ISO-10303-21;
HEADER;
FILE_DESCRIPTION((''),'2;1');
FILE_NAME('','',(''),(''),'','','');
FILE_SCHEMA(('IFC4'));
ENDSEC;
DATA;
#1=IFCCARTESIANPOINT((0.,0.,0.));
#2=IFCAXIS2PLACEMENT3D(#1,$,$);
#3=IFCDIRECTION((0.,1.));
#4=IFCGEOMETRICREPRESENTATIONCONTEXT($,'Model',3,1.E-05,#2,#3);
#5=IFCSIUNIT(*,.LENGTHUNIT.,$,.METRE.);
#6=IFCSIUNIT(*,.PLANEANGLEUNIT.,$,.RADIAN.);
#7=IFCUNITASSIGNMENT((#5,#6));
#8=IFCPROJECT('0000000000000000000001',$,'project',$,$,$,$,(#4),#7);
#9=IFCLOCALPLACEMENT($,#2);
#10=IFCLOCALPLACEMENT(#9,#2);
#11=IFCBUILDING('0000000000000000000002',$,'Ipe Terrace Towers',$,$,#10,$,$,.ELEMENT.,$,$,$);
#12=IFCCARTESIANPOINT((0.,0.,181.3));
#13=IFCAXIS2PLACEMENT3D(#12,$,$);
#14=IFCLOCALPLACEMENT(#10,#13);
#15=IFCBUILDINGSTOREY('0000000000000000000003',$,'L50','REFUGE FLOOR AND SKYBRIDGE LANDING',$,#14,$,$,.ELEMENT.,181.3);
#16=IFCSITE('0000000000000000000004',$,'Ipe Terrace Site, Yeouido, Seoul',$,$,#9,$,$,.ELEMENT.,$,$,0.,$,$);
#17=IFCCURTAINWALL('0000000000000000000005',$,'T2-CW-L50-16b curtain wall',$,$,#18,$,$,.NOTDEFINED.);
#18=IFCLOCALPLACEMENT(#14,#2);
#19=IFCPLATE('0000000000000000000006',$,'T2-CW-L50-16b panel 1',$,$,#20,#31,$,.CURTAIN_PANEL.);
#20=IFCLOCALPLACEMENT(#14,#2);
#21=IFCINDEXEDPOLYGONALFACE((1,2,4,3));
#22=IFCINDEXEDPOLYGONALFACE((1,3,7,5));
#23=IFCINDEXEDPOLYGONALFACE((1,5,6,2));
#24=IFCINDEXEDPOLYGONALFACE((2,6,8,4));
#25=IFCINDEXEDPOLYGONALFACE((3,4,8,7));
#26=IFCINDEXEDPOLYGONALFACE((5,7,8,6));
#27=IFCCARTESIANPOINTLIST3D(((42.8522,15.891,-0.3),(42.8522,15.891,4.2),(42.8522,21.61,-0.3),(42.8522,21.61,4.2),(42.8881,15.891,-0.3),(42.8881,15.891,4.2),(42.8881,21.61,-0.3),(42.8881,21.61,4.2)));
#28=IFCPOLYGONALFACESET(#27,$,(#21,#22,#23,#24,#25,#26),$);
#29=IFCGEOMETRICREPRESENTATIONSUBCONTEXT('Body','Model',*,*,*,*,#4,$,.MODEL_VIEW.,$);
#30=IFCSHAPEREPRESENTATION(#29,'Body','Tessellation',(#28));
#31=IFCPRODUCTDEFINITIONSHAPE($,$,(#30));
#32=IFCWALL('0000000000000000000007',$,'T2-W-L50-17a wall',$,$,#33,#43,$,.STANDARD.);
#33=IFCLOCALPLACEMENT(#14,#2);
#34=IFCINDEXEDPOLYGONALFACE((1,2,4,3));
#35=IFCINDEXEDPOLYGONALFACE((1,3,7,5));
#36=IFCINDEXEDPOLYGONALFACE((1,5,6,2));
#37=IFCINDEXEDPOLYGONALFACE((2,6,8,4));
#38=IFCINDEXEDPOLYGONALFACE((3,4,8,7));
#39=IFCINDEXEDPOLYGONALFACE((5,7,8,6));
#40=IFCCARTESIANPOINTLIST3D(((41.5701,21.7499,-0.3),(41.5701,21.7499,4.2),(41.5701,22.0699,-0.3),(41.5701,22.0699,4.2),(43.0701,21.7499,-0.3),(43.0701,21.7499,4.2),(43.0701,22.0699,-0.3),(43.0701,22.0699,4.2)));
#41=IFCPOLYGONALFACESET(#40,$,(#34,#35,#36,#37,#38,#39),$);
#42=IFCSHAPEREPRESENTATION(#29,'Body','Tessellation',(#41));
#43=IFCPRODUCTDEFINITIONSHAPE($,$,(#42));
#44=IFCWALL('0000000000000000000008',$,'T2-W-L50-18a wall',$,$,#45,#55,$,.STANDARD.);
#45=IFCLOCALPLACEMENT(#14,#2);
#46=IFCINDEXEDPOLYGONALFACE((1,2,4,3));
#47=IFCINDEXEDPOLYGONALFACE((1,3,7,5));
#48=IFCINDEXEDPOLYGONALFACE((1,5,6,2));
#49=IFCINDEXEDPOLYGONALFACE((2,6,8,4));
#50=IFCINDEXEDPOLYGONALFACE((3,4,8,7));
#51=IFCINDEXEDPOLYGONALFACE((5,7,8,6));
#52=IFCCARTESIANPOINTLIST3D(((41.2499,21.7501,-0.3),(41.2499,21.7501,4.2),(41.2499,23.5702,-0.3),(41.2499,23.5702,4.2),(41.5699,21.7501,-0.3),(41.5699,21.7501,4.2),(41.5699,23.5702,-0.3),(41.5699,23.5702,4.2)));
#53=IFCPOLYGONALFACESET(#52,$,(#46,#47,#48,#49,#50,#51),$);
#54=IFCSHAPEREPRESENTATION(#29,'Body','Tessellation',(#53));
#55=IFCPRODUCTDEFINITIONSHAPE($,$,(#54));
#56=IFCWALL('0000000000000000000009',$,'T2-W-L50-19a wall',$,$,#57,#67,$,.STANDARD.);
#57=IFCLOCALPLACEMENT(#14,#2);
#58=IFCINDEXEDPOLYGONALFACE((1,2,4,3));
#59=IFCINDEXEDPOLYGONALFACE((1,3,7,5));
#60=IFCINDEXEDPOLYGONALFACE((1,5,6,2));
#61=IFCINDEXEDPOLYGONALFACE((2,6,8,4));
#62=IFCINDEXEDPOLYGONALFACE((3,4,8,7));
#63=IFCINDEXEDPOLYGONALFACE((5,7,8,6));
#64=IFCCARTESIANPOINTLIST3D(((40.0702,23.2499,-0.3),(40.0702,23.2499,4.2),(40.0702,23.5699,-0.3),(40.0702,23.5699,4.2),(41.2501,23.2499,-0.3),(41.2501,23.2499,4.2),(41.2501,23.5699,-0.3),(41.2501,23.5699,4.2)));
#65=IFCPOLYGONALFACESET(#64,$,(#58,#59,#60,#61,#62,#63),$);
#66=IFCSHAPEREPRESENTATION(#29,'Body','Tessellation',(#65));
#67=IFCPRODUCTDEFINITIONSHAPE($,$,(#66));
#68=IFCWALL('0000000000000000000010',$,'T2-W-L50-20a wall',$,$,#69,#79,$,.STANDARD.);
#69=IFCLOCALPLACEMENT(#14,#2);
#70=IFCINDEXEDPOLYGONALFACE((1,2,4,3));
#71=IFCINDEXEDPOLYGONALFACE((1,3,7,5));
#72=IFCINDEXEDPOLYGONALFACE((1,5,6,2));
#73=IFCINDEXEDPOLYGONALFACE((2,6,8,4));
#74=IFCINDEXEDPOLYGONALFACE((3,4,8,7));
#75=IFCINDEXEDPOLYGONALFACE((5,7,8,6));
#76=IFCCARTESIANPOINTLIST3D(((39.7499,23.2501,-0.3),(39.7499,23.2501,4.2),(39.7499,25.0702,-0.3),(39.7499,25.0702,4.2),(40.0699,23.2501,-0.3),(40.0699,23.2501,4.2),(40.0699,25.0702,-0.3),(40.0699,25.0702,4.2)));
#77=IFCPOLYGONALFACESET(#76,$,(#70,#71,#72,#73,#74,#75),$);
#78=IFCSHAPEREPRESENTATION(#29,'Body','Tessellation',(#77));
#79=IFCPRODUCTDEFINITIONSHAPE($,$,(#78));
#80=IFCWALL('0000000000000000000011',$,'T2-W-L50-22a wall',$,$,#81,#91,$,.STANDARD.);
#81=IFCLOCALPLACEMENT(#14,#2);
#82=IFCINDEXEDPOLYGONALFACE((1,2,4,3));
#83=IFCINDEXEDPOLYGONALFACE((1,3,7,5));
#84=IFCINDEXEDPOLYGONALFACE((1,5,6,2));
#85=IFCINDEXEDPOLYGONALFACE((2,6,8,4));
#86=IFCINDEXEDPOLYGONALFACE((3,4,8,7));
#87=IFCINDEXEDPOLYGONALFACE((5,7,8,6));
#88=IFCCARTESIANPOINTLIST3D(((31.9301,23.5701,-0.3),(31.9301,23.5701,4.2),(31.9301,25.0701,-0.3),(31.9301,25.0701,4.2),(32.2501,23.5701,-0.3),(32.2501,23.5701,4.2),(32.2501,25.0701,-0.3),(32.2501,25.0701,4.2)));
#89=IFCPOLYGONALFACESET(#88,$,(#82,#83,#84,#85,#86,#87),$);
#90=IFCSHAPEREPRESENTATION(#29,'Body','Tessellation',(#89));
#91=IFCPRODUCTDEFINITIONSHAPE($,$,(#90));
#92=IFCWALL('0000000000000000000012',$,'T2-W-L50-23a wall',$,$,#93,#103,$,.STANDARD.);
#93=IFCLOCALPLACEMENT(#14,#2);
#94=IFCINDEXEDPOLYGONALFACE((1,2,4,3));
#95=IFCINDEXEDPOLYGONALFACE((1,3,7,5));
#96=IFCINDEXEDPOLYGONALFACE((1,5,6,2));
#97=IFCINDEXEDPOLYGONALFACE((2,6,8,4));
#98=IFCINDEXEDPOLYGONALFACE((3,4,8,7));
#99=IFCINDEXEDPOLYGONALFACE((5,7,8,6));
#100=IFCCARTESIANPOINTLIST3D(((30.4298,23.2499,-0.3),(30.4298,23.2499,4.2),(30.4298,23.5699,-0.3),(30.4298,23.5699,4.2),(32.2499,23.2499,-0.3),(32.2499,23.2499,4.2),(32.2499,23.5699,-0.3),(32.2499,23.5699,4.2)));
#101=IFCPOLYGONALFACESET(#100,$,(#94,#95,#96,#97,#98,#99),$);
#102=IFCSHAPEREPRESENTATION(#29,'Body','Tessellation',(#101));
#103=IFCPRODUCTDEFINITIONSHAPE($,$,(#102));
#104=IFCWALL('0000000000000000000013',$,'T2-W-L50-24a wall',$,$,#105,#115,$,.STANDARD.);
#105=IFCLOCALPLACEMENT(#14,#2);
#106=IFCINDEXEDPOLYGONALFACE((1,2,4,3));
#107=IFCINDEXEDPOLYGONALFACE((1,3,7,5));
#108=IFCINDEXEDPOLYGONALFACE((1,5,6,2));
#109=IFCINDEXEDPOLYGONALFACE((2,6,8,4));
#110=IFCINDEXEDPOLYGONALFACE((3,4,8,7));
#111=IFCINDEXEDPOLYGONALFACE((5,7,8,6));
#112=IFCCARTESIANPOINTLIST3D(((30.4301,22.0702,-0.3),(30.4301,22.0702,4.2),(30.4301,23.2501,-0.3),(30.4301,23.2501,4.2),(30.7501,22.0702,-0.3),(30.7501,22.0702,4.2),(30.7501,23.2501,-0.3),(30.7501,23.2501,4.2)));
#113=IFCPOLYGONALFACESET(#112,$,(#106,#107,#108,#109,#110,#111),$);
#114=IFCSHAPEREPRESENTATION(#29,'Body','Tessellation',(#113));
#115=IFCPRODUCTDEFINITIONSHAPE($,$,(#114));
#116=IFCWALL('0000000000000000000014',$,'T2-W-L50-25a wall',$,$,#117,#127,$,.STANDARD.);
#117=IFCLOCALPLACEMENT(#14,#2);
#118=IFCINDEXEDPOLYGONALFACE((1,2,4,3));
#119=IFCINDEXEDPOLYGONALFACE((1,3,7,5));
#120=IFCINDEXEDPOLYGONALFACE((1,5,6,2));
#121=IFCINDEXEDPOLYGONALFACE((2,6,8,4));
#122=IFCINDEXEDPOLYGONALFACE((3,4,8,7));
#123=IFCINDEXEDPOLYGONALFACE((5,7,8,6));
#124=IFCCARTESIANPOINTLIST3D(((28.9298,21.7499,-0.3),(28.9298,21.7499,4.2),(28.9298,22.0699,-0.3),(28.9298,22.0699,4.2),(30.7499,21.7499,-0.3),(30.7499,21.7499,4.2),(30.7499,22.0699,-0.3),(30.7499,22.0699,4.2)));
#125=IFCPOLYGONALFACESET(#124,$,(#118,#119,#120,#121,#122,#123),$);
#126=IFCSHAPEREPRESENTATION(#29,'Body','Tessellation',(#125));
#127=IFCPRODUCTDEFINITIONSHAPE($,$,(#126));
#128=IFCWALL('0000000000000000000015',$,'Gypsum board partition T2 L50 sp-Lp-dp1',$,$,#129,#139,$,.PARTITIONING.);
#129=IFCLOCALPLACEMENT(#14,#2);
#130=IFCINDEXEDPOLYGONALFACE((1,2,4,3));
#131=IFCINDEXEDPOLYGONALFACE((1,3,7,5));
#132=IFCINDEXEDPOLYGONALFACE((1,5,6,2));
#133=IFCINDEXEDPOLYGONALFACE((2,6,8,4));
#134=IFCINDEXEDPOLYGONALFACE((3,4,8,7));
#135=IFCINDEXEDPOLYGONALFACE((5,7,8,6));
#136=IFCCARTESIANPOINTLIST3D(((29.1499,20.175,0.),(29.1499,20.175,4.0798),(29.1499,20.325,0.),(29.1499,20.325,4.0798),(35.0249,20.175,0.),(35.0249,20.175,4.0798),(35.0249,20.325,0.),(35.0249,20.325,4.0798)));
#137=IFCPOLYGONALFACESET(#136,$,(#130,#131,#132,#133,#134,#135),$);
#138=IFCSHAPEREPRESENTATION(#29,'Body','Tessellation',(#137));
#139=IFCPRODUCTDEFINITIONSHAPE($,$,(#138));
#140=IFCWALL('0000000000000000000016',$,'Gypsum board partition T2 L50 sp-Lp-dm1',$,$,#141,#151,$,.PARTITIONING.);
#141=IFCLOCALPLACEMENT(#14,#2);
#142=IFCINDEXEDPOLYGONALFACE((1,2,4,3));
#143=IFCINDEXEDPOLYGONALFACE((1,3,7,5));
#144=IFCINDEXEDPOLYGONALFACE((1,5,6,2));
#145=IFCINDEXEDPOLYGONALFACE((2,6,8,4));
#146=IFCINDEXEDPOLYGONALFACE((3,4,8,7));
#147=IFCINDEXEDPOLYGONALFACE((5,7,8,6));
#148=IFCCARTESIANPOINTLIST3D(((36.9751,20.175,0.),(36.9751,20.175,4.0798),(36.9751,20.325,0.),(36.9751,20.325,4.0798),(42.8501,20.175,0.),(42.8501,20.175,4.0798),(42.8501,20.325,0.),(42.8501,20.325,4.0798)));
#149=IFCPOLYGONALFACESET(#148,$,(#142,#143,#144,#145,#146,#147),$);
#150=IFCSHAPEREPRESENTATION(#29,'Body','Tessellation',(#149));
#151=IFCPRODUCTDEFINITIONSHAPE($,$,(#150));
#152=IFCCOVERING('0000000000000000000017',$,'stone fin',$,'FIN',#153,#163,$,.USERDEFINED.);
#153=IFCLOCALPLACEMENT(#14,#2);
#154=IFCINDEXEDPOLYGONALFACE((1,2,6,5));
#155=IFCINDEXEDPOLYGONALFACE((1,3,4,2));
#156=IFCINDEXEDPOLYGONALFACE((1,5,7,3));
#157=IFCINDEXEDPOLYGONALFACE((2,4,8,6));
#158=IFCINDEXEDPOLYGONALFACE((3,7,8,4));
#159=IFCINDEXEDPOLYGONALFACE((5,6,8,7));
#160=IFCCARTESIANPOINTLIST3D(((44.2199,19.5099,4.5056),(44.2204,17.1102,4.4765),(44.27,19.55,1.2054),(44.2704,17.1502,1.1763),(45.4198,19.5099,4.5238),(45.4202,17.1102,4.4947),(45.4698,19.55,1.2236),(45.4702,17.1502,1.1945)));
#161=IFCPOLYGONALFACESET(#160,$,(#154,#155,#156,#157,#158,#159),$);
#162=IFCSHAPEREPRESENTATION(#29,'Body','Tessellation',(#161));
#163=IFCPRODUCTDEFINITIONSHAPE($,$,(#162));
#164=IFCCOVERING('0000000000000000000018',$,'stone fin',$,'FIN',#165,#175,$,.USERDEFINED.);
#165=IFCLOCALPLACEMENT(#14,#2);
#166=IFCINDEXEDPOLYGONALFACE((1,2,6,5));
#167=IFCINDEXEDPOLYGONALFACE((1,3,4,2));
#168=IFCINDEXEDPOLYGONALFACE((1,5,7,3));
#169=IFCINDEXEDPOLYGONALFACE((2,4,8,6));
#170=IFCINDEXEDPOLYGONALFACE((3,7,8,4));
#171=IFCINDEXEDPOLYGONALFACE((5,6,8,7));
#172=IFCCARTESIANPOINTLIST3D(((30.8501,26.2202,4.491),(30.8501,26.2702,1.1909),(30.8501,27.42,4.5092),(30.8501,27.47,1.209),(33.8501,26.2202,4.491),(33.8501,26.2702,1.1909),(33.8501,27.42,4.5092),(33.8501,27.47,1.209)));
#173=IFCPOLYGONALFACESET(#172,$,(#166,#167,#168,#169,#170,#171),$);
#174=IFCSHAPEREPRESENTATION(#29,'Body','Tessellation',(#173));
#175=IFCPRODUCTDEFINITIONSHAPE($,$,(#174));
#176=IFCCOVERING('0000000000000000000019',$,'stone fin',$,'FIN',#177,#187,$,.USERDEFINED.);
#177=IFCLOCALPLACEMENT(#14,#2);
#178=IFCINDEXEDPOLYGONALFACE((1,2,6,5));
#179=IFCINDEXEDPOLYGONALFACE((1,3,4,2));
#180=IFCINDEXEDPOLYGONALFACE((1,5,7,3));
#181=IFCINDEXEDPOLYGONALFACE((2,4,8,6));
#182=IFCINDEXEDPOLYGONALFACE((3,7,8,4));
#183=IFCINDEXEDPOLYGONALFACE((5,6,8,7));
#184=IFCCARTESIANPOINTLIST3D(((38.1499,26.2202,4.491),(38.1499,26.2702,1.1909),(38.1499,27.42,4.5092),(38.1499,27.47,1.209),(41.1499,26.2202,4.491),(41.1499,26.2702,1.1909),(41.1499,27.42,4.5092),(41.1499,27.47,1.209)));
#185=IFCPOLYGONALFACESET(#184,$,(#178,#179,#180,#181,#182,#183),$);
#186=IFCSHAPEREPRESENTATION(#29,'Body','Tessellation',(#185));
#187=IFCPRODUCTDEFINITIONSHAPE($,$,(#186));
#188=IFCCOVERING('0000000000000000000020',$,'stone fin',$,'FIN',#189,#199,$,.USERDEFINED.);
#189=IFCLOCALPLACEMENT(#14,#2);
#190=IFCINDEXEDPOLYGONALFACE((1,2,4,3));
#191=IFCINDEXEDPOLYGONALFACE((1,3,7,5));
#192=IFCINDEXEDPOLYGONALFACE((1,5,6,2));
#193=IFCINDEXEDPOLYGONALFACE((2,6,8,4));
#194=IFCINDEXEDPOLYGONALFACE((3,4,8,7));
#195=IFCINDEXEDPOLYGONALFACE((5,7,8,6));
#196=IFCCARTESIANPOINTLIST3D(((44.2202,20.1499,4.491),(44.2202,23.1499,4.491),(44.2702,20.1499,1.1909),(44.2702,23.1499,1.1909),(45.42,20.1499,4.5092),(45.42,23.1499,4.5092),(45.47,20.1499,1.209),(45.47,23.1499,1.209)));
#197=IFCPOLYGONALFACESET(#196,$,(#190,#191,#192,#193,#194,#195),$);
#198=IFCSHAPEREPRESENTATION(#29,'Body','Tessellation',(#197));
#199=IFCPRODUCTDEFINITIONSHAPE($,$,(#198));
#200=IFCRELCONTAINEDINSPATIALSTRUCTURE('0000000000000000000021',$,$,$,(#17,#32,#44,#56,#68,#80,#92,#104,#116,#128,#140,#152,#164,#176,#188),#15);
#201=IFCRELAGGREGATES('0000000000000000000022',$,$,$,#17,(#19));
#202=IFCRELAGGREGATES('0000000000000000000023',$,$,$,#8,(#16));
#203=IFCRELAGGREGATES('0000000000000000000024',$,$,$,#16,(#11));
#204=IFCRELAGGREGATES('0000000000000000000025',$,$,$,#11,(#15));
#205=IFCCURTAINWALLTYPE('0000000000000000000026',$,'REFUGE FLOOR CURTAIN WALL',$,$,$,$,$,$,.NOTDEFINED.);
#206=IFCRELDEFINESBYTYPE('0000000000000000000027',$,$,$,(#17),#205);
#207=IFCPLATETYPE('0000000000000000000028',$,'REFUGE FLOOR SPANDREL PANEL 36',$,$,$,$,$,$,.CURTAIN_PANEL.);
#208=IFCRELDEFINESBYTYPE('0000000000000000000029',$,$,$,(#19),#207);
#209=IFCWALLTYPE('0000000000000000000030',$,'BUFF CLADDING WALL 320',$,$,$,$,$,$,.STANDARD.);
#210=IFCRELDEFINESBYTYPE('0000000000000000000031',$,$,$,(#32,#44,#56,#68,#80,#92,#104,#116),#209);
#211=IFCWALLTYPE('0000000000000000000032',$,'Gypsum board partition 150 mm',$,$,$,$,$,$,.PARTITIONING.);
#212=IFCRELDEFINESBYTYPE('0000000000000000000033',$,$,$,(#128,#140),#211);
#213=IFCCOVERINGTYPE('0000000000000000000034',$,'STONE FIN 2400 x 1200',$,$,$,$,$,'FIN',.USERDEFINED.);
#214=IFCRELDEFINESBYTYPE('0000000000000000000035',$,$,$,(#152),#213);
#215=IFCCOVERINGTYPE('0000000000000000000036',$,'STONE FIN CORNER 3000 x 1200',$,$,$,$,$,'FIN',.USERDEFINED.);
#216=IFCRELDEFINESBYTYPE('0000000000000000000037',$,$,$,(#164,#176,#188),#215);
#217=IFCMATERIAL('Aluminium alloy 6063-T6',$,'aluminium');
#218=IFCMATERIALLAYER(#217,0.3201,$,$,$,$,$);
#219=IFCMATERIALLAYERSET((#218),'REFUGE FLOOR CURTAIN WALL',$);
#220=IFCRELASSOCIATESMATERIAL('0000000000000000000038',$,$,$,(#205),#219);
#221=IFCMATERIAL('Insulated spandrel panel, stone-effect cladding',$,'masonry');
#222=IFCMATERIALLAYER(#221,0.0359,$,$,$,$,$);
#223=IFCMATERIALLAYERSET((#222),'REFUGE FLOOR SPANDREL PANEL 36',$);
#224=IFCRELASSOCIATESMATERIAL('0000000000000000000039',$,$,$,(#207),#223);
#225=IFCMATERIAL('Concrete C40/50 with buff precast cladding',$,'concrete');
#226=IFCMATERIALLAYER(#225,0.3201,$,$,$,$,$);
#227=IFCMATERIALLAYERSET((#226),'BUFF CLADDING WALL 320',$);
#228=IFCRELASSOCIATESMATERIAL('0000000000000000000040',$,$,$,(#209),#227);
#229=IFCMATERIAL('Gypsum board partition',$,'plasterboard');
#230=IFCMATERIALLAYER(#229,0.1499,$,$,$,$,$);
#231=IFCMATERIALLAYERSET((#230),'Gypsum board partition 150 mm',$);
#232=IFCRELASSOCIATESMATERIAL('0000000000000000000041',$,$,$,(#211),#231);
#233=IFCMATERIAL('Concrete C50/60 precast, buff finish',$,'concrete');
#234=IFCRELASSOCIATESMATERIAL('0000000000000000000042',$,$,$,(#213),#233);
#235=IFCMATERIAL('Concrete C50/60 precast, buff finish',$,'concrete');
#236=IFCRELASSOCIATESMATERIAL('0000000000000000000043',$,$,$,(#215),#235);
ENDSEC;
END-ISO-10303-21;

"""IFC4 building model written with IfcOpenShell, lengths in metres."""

from ifc_helpers import new_model, si_unit, direction, frame, frame_2d, origin, origin_2d, place, context, subcontext, project, spatial, rectangle, extrude, material, layer, layer_set, material_profile, profile_set, type_object, element, aggregate, save


model = new_model("IFC4")

# Units and contexts
model_context = context("Model", 3, precision=1e-05, world=origin(), true_north=direction((0.0, 1.0)))
body_context = subcontext(model_context, "Body", "Model", "MODEL_VIEW")
ifc_project = project(units=[si_unit("LENGTHUNIT", "METRE"), si_unit("PLANEANGLEUNIT", "RADIAN")], contexts=[model_context])

# Site, building, storey
site_placement = place(None, origin())
site = spatial("IfcSite", under=ifc_project, at=site_placement, Name="Ipe Terrace Site, Yeouido, Seoul", CompositionType="ELEMENT", RefElevation=0.0)
building_placement = place(site_placement, origin())
building = spatial("IfcBuilding", under=site, at=building_placement, Name="Ipe Terrace Towers", CompositionType="ELEMENT")
storey_placement = place(building_placement, frame((0.0, 0.0, 181.3)))
storey = spatial("IfcBuildingStorey", under=building, at=storey_placement, Name="L50", Description="REFUGE FLOOR AND SKYBRIDGE LANDING", CompositionType="ELEMENT", Elevation=181.3)

# Curtain wall
ifc_material_1 = material(Name="Aluminium alloy 6063-T6", Category="aluminium")
ifc_layer_1 = layer(ifc_material_1, 0.3201)
ifc_layer_set_1 = layer_set([ifc_layer_1], Name="REFUGE FLOOR CURTAIN WALL")
curtain_wall_type = type_object("IfcCurtainWallType", Name="REFUGE FLOOR CURTAIN WALL", PredefinedType="NOTDEFINED", material=ifc_layer_set_1)
curtain_wall_1_placement = place(storey_placement, origin())
curtain_wall_1 = element("IfcCurtainWall", 1, at=curtain_wall_1_placement, inside=storey, type_object=curtain_wall_type, Name="T2-CW-L50-16b curtain wall", PredefinedType="NOTDEFINED")

# Plate
ifc_material_2 = material(Name="Insulated spandrel panel, stone-effect cladding", Category="masonry")
ifc_layer_2 = layer(ifc_material_2, 0.0359)
ifc_layer_set_2 = layer_set([ifc_layer_2], Name="REFUGE FLOOR SPANDREL PANEL 36")
plate_type_1 = type_object("IfcPlateType", Name="REFUGE FLOOR SPANDREL PANEL 36", PredefinedType="CURTAIN_PANEL", material=ifc_layer_set_2)
plate_1_placement = place(storey_placement, frame((42.8701, 18.7505, -0.3), z_axis=(0.0, 0.0, 1.0), x_axis=(0.0, 1.0, 0.0)))
plate_1 = element("IfcPlate", 2, at=plate_1_placement, type_object=plate_type_1, Name="T2-CW-L50-16b panel 1", PredefinedType="CURTAIN_PANEL", context=body_context, shape_type="SweptSolid", body=[
    extrude(rectangle(XDim=5.719, YDim=0.0359, at=origin_2d()), origin(), (0.0, 0.0, 1.0), 4.5),
])
aggregate(curtain_wall_1, [plate_1])

# Walls
ifc_material_3 = material(Name="Concrete C40/50 with buff precast cladding", Category="concrete")
ifc_layer_3 = layer(ifc_material_3, 0.3201)
ifc_layer_set_3 = layer_set([ifc_layer_3], Name="BUFF CLADDING WALL 320")
wall_type_1 = type_object("IfcWallType", Name="BUFF CLADDING WALL 320", PredefinedType="STANDARD", material=ifc_layer_set_3)
wall_1_placement = place(storey_placement, frame((43.0701, 21.9099, -0.3), z_axis=(0.0, 0.0, 1.0), x_axis=(-1.0, 0.0, 0.0)))
element("IfcWall", 3, at=wall_1_placement, inside=storey, type_object=wall_type_1, Name="T2-W-L50-17a wall", PredefinedType="STANDARD", context=body_context, shape_type="SweptSolid", body=[
    extrude(rectangle(XDim=1.5, YDim=0.3201, at=frame_2d((0.75, 0.0))), origin(), (0.0, 0.0, 1.0), 4.5),
])
wall_2_placement = place(storey_placement, frame((41.4099, 21.75, -0.3), z_axis=(0.0, 0.0, 1.0), x_axis=(0.0, 1.0, 0.0)))
element("IfcWall", 4, at=wall_2_placement, inside=storey, type_object=wall_type_1, Name="T2-W-L50-18a wall", PredefinedType="STANDARD", context=body_context, shape_type="SweptSolid", body=[
    extrude(rectangle(XDim=1.8201, YDim=0.3201, at=frame_2d((0.9102, 0.0))), origin(), (0.0, 0.0, 1.0), 4.5),
])
wall_3_placement = place(storey_placement, frame((41.25, 23.4099, -0.3), z_axis=(0.0, 0.0, 1.0), x_axis=(-1.0, 0.0, 0.0)))
element("IfcWall", 5, at=wall_3_placement, inside=storey, type_object=wall_type_1, Name="T2-W-L50-19a wall", PredefinedType="STANDARD", context=body_context, shape_type="SweptSolid", body=[
    extrude(rectangle(XDim=1.1799, YDim=0.3201, at=frame_2d((0.5898, 0.0))), origin(), (0.0, 0.0, 1.0), 4.5),
])
wall_4_placement = place(storey_placement, frame((39.9099, 23.25, -0.3), z_axis=(0.0, 0.0, 1.0), x_axis=(0.0, 1.0, 0.0)))
element("IfcWall", 6, at=wall_4_placement, inside=storey, type_object=wall_type_1, Name="T2-W-L50-20a wall", PredefinedType="STANDARD", context=body_context, shape_type="SweptSolid", body=[
    extrude(rectangle(XDim=1.8201, YDim=0.3201, at=frame_2d((0.9102, 0.0))), origin(), (0.0, 0.0, 1.0), 4.5),
])
wall_5_placement = place(storey_placement, frame((32.0901, 25.0701, -0.3), z_axis=(0.0, 0.0, 1.0), x_axis=(0.0, -1.0, 0.0)))
element("IfcWall", 7, at=wall_5_placement, inside=storey, type_object=wall_type_1, Name="T2-W-L50-22a wall", PredefinedType="STANDARD", context=body_context, shape_type="SweptSolid", body=[
    extrude(rectangle(XDim=1.5, YDim=0.3201, at=frame_2d((0.75, 0.0))), origin(), (0.0, 0.0, 1.0), 4.5),
])
wall_6_placement = place(storey_placement, frame((32.25, 23.4099, -0.3), z_axis=(0.0, 0.0, 1.0), x_axis=(-1.0, 0.0, 0.0)))
element("IfcWall", 8, at=wall_6_placement, inside=storey, type_object=wall_type_1, Name="T2-W-L50-23a wall", PredefinedType="STANDARD", context=body_context, shape_type="SweptSolid", body=[
    extrude(rectangle(XDim=1.8201, YDim=0.3201, at=frame_2d((0.9102, 0.0))), origin(), (0.0, 0.0, 1.0), 4.5),
])
wall_7_placement = place(storey_placement, frame((30.5901, 23.25, -0.3), z_axis=(0.0, 0.0, 1.0), x_axis=(0.0, -1.0, 0.0)))
element("IfcWall", 9, at=wall_7_placement, inside=storey, type_object=wall_type_1, Name="T2-W-L50-24a wall", PredefinedType="STANDARD", context=body_context, shape_type="SweptSolid", body=[
    extrude(rectangle(XDim=1.1799, YDim=0.3201, at=frame_2d((0.5898, 0.0))), origin(), (0.0, 0.0, 1.0), 4.5),
])
wall_8_placement = place(storey_placement, frame((30.75, 21.9099, -0.3), z_axis=(0.0, 0.0, 1.0), x_axis=(-1.0, 0.0, 0.0)))
element("IfcWall", 10, at=wall_8_placement, inside=storey, type_object=wall_type_1, Name="T2-W-L50-25a wall", PredefinedType="STANDARD", context=body_context, shape_type="SweptSolid", body=[
    extrude(rectangle(XDim=1.8201, YDim=0.3201, at=frame_2d((0.9102, 0.0))), origin(), (0.0, 0.0, 1.0), 4.5),
])
ifc_material_4 = material(Name="Gypsum board partition", Category="plasterboard")
ifc_layer_4 = layer(ifc_material_4, 0.1499)
ifc_layer_set_4 = layer_set([ifc_layer_4], Name="Gypsum board partition 150 mm")
wall_type_2 = type_object("IfcWallType", Name="Gypsum board partition 150 mm", PredefinedType="PARTITIONING", material=ifc_layer_set_4)
for number, where, z_axis, x_axis, name in (
    (11, (35.0249, 20.25, 0.0), (0.0, 0.0, 1.0), (-1.0, 0.0, 0.0), "Gypsum board partition T2 L50 sp-Lp-dp1"),
    (12, (36.9751, 20.25, 0.0), (0.0, 0.0, 1.0), (1.0, 0.0, 0.0), "Gypsum board partition T2 L50 sp-Lp-dm1"),
):
    element("IfcWall", number, at=place(storey_placement, frame(where, z_axis=z_axis, x_axis=x_axis)), inside=storey, type_object=wall_type_2, Name=name, PredefinedType="PARTITIONING", context=body_context, shape_type="SweptSolid", body=[
        extrude(rectangle(XDim=5.875, YDim=0.1499, at=frame_2d((2.9375, 0.0))), origin(), (0.0, 0.0, 1.0), 4.0798),
    ])

# Coverings
ifc_material_5 = material(Name="Concrete C50/60 precast, buff finish", Category="concrete")
ifc_material_profile_1 = material_profile(ifc_material_5, rectangle(XDim=2.3999, YDim=1.2, at=origin_2d()), Name="STONE FIN 2400 x 1200")
ifc_profile_set_1 = profile_set([ifc_material_profile_1], Name="Concrete C50/60 precast, buff finish")
covering_type_1 = type_object("IfcCoveringType", Name="STONE FIN 2400 x 1200", ElementType="FIN", PredefinedType="USERDEFINED", material=ifc_profile_set_1)
covering_1_placement = place(storey_placement, frame((44.8701, 18.3501, 1.2), z_axis=(-0.015163, -0.012131, 0.999811), x_axis=(-0.000184, 0.999926, 0.012129)))
element("IfcCovering", 13, at=covering_1_placement, inside=storey, type_object=covering_type_1, Name="stone fin", ObjectType="FIN", PredefinedType="USERDEFINED", context=body_context, shape_type="SweptSolid", body=[
    extrude(rectangle(XDim=2.3999, YDim=1.2, at=origin_2d()), origin(), (0.0, 0.0, 1.0), 3.3008),
])
ifc_material_6 = material(Name="Concrete C50/60 precast, buff finish", Category="concrete")
ifc_material_profile_2 = material_profile(ifc_material_6, rectangle(XDim=3.0, YDim=1.2, at=origin_2d()), Name="STONE FIN CORNER 3000 x 1200")
ifc_profile_set_2 = profile_set([ifc_material_profile_2], Name="Concrete C50/60 precast, buff finish")
covering_type_2 = type_object("IfcCoveringType", Name="STONE FIN CORNER 3000 x 1200", ElementType="FIN", PredefinedType="USERDEFINED", material=ifc_profile_set_2)
for number, where, z_axis, x_axis, name in (
    (14, (32.3501, 26.8701, 1.2), (0.0, -0.015164, 0.999885), (-1.0, 0.0, 0.0), "stone fin"),
    (15, (39.6499, 26.8701, 1.2), (0.0, -0.015164, 0.999885), (-1.0, 0.0, 0.0), "stone fin"),
    (16, (44.8701, 21.6499, 1.2), (-0.015164, 0.0, 0.999885), (0.0, 1.0, 0.0), "stone fin"),
):
    element("IfcCovering", number, at=place(storey_placement, frame(where, z_axis=z_axis, x_axis=x_axis)), inside=storey, type_object=covering_type_2, Name=name, ObjectType="FIN", PredefinedType="USERDEFINED", context=body_context, shape_type="SweptSolid", body=[
        extrude(rectangle(XDim=3.0, YDim=1.2, at=origin_2d()), origin(), (0.0, 0.0, 1.0), 3.3005),
    ])

save(model, "model.ifc")
